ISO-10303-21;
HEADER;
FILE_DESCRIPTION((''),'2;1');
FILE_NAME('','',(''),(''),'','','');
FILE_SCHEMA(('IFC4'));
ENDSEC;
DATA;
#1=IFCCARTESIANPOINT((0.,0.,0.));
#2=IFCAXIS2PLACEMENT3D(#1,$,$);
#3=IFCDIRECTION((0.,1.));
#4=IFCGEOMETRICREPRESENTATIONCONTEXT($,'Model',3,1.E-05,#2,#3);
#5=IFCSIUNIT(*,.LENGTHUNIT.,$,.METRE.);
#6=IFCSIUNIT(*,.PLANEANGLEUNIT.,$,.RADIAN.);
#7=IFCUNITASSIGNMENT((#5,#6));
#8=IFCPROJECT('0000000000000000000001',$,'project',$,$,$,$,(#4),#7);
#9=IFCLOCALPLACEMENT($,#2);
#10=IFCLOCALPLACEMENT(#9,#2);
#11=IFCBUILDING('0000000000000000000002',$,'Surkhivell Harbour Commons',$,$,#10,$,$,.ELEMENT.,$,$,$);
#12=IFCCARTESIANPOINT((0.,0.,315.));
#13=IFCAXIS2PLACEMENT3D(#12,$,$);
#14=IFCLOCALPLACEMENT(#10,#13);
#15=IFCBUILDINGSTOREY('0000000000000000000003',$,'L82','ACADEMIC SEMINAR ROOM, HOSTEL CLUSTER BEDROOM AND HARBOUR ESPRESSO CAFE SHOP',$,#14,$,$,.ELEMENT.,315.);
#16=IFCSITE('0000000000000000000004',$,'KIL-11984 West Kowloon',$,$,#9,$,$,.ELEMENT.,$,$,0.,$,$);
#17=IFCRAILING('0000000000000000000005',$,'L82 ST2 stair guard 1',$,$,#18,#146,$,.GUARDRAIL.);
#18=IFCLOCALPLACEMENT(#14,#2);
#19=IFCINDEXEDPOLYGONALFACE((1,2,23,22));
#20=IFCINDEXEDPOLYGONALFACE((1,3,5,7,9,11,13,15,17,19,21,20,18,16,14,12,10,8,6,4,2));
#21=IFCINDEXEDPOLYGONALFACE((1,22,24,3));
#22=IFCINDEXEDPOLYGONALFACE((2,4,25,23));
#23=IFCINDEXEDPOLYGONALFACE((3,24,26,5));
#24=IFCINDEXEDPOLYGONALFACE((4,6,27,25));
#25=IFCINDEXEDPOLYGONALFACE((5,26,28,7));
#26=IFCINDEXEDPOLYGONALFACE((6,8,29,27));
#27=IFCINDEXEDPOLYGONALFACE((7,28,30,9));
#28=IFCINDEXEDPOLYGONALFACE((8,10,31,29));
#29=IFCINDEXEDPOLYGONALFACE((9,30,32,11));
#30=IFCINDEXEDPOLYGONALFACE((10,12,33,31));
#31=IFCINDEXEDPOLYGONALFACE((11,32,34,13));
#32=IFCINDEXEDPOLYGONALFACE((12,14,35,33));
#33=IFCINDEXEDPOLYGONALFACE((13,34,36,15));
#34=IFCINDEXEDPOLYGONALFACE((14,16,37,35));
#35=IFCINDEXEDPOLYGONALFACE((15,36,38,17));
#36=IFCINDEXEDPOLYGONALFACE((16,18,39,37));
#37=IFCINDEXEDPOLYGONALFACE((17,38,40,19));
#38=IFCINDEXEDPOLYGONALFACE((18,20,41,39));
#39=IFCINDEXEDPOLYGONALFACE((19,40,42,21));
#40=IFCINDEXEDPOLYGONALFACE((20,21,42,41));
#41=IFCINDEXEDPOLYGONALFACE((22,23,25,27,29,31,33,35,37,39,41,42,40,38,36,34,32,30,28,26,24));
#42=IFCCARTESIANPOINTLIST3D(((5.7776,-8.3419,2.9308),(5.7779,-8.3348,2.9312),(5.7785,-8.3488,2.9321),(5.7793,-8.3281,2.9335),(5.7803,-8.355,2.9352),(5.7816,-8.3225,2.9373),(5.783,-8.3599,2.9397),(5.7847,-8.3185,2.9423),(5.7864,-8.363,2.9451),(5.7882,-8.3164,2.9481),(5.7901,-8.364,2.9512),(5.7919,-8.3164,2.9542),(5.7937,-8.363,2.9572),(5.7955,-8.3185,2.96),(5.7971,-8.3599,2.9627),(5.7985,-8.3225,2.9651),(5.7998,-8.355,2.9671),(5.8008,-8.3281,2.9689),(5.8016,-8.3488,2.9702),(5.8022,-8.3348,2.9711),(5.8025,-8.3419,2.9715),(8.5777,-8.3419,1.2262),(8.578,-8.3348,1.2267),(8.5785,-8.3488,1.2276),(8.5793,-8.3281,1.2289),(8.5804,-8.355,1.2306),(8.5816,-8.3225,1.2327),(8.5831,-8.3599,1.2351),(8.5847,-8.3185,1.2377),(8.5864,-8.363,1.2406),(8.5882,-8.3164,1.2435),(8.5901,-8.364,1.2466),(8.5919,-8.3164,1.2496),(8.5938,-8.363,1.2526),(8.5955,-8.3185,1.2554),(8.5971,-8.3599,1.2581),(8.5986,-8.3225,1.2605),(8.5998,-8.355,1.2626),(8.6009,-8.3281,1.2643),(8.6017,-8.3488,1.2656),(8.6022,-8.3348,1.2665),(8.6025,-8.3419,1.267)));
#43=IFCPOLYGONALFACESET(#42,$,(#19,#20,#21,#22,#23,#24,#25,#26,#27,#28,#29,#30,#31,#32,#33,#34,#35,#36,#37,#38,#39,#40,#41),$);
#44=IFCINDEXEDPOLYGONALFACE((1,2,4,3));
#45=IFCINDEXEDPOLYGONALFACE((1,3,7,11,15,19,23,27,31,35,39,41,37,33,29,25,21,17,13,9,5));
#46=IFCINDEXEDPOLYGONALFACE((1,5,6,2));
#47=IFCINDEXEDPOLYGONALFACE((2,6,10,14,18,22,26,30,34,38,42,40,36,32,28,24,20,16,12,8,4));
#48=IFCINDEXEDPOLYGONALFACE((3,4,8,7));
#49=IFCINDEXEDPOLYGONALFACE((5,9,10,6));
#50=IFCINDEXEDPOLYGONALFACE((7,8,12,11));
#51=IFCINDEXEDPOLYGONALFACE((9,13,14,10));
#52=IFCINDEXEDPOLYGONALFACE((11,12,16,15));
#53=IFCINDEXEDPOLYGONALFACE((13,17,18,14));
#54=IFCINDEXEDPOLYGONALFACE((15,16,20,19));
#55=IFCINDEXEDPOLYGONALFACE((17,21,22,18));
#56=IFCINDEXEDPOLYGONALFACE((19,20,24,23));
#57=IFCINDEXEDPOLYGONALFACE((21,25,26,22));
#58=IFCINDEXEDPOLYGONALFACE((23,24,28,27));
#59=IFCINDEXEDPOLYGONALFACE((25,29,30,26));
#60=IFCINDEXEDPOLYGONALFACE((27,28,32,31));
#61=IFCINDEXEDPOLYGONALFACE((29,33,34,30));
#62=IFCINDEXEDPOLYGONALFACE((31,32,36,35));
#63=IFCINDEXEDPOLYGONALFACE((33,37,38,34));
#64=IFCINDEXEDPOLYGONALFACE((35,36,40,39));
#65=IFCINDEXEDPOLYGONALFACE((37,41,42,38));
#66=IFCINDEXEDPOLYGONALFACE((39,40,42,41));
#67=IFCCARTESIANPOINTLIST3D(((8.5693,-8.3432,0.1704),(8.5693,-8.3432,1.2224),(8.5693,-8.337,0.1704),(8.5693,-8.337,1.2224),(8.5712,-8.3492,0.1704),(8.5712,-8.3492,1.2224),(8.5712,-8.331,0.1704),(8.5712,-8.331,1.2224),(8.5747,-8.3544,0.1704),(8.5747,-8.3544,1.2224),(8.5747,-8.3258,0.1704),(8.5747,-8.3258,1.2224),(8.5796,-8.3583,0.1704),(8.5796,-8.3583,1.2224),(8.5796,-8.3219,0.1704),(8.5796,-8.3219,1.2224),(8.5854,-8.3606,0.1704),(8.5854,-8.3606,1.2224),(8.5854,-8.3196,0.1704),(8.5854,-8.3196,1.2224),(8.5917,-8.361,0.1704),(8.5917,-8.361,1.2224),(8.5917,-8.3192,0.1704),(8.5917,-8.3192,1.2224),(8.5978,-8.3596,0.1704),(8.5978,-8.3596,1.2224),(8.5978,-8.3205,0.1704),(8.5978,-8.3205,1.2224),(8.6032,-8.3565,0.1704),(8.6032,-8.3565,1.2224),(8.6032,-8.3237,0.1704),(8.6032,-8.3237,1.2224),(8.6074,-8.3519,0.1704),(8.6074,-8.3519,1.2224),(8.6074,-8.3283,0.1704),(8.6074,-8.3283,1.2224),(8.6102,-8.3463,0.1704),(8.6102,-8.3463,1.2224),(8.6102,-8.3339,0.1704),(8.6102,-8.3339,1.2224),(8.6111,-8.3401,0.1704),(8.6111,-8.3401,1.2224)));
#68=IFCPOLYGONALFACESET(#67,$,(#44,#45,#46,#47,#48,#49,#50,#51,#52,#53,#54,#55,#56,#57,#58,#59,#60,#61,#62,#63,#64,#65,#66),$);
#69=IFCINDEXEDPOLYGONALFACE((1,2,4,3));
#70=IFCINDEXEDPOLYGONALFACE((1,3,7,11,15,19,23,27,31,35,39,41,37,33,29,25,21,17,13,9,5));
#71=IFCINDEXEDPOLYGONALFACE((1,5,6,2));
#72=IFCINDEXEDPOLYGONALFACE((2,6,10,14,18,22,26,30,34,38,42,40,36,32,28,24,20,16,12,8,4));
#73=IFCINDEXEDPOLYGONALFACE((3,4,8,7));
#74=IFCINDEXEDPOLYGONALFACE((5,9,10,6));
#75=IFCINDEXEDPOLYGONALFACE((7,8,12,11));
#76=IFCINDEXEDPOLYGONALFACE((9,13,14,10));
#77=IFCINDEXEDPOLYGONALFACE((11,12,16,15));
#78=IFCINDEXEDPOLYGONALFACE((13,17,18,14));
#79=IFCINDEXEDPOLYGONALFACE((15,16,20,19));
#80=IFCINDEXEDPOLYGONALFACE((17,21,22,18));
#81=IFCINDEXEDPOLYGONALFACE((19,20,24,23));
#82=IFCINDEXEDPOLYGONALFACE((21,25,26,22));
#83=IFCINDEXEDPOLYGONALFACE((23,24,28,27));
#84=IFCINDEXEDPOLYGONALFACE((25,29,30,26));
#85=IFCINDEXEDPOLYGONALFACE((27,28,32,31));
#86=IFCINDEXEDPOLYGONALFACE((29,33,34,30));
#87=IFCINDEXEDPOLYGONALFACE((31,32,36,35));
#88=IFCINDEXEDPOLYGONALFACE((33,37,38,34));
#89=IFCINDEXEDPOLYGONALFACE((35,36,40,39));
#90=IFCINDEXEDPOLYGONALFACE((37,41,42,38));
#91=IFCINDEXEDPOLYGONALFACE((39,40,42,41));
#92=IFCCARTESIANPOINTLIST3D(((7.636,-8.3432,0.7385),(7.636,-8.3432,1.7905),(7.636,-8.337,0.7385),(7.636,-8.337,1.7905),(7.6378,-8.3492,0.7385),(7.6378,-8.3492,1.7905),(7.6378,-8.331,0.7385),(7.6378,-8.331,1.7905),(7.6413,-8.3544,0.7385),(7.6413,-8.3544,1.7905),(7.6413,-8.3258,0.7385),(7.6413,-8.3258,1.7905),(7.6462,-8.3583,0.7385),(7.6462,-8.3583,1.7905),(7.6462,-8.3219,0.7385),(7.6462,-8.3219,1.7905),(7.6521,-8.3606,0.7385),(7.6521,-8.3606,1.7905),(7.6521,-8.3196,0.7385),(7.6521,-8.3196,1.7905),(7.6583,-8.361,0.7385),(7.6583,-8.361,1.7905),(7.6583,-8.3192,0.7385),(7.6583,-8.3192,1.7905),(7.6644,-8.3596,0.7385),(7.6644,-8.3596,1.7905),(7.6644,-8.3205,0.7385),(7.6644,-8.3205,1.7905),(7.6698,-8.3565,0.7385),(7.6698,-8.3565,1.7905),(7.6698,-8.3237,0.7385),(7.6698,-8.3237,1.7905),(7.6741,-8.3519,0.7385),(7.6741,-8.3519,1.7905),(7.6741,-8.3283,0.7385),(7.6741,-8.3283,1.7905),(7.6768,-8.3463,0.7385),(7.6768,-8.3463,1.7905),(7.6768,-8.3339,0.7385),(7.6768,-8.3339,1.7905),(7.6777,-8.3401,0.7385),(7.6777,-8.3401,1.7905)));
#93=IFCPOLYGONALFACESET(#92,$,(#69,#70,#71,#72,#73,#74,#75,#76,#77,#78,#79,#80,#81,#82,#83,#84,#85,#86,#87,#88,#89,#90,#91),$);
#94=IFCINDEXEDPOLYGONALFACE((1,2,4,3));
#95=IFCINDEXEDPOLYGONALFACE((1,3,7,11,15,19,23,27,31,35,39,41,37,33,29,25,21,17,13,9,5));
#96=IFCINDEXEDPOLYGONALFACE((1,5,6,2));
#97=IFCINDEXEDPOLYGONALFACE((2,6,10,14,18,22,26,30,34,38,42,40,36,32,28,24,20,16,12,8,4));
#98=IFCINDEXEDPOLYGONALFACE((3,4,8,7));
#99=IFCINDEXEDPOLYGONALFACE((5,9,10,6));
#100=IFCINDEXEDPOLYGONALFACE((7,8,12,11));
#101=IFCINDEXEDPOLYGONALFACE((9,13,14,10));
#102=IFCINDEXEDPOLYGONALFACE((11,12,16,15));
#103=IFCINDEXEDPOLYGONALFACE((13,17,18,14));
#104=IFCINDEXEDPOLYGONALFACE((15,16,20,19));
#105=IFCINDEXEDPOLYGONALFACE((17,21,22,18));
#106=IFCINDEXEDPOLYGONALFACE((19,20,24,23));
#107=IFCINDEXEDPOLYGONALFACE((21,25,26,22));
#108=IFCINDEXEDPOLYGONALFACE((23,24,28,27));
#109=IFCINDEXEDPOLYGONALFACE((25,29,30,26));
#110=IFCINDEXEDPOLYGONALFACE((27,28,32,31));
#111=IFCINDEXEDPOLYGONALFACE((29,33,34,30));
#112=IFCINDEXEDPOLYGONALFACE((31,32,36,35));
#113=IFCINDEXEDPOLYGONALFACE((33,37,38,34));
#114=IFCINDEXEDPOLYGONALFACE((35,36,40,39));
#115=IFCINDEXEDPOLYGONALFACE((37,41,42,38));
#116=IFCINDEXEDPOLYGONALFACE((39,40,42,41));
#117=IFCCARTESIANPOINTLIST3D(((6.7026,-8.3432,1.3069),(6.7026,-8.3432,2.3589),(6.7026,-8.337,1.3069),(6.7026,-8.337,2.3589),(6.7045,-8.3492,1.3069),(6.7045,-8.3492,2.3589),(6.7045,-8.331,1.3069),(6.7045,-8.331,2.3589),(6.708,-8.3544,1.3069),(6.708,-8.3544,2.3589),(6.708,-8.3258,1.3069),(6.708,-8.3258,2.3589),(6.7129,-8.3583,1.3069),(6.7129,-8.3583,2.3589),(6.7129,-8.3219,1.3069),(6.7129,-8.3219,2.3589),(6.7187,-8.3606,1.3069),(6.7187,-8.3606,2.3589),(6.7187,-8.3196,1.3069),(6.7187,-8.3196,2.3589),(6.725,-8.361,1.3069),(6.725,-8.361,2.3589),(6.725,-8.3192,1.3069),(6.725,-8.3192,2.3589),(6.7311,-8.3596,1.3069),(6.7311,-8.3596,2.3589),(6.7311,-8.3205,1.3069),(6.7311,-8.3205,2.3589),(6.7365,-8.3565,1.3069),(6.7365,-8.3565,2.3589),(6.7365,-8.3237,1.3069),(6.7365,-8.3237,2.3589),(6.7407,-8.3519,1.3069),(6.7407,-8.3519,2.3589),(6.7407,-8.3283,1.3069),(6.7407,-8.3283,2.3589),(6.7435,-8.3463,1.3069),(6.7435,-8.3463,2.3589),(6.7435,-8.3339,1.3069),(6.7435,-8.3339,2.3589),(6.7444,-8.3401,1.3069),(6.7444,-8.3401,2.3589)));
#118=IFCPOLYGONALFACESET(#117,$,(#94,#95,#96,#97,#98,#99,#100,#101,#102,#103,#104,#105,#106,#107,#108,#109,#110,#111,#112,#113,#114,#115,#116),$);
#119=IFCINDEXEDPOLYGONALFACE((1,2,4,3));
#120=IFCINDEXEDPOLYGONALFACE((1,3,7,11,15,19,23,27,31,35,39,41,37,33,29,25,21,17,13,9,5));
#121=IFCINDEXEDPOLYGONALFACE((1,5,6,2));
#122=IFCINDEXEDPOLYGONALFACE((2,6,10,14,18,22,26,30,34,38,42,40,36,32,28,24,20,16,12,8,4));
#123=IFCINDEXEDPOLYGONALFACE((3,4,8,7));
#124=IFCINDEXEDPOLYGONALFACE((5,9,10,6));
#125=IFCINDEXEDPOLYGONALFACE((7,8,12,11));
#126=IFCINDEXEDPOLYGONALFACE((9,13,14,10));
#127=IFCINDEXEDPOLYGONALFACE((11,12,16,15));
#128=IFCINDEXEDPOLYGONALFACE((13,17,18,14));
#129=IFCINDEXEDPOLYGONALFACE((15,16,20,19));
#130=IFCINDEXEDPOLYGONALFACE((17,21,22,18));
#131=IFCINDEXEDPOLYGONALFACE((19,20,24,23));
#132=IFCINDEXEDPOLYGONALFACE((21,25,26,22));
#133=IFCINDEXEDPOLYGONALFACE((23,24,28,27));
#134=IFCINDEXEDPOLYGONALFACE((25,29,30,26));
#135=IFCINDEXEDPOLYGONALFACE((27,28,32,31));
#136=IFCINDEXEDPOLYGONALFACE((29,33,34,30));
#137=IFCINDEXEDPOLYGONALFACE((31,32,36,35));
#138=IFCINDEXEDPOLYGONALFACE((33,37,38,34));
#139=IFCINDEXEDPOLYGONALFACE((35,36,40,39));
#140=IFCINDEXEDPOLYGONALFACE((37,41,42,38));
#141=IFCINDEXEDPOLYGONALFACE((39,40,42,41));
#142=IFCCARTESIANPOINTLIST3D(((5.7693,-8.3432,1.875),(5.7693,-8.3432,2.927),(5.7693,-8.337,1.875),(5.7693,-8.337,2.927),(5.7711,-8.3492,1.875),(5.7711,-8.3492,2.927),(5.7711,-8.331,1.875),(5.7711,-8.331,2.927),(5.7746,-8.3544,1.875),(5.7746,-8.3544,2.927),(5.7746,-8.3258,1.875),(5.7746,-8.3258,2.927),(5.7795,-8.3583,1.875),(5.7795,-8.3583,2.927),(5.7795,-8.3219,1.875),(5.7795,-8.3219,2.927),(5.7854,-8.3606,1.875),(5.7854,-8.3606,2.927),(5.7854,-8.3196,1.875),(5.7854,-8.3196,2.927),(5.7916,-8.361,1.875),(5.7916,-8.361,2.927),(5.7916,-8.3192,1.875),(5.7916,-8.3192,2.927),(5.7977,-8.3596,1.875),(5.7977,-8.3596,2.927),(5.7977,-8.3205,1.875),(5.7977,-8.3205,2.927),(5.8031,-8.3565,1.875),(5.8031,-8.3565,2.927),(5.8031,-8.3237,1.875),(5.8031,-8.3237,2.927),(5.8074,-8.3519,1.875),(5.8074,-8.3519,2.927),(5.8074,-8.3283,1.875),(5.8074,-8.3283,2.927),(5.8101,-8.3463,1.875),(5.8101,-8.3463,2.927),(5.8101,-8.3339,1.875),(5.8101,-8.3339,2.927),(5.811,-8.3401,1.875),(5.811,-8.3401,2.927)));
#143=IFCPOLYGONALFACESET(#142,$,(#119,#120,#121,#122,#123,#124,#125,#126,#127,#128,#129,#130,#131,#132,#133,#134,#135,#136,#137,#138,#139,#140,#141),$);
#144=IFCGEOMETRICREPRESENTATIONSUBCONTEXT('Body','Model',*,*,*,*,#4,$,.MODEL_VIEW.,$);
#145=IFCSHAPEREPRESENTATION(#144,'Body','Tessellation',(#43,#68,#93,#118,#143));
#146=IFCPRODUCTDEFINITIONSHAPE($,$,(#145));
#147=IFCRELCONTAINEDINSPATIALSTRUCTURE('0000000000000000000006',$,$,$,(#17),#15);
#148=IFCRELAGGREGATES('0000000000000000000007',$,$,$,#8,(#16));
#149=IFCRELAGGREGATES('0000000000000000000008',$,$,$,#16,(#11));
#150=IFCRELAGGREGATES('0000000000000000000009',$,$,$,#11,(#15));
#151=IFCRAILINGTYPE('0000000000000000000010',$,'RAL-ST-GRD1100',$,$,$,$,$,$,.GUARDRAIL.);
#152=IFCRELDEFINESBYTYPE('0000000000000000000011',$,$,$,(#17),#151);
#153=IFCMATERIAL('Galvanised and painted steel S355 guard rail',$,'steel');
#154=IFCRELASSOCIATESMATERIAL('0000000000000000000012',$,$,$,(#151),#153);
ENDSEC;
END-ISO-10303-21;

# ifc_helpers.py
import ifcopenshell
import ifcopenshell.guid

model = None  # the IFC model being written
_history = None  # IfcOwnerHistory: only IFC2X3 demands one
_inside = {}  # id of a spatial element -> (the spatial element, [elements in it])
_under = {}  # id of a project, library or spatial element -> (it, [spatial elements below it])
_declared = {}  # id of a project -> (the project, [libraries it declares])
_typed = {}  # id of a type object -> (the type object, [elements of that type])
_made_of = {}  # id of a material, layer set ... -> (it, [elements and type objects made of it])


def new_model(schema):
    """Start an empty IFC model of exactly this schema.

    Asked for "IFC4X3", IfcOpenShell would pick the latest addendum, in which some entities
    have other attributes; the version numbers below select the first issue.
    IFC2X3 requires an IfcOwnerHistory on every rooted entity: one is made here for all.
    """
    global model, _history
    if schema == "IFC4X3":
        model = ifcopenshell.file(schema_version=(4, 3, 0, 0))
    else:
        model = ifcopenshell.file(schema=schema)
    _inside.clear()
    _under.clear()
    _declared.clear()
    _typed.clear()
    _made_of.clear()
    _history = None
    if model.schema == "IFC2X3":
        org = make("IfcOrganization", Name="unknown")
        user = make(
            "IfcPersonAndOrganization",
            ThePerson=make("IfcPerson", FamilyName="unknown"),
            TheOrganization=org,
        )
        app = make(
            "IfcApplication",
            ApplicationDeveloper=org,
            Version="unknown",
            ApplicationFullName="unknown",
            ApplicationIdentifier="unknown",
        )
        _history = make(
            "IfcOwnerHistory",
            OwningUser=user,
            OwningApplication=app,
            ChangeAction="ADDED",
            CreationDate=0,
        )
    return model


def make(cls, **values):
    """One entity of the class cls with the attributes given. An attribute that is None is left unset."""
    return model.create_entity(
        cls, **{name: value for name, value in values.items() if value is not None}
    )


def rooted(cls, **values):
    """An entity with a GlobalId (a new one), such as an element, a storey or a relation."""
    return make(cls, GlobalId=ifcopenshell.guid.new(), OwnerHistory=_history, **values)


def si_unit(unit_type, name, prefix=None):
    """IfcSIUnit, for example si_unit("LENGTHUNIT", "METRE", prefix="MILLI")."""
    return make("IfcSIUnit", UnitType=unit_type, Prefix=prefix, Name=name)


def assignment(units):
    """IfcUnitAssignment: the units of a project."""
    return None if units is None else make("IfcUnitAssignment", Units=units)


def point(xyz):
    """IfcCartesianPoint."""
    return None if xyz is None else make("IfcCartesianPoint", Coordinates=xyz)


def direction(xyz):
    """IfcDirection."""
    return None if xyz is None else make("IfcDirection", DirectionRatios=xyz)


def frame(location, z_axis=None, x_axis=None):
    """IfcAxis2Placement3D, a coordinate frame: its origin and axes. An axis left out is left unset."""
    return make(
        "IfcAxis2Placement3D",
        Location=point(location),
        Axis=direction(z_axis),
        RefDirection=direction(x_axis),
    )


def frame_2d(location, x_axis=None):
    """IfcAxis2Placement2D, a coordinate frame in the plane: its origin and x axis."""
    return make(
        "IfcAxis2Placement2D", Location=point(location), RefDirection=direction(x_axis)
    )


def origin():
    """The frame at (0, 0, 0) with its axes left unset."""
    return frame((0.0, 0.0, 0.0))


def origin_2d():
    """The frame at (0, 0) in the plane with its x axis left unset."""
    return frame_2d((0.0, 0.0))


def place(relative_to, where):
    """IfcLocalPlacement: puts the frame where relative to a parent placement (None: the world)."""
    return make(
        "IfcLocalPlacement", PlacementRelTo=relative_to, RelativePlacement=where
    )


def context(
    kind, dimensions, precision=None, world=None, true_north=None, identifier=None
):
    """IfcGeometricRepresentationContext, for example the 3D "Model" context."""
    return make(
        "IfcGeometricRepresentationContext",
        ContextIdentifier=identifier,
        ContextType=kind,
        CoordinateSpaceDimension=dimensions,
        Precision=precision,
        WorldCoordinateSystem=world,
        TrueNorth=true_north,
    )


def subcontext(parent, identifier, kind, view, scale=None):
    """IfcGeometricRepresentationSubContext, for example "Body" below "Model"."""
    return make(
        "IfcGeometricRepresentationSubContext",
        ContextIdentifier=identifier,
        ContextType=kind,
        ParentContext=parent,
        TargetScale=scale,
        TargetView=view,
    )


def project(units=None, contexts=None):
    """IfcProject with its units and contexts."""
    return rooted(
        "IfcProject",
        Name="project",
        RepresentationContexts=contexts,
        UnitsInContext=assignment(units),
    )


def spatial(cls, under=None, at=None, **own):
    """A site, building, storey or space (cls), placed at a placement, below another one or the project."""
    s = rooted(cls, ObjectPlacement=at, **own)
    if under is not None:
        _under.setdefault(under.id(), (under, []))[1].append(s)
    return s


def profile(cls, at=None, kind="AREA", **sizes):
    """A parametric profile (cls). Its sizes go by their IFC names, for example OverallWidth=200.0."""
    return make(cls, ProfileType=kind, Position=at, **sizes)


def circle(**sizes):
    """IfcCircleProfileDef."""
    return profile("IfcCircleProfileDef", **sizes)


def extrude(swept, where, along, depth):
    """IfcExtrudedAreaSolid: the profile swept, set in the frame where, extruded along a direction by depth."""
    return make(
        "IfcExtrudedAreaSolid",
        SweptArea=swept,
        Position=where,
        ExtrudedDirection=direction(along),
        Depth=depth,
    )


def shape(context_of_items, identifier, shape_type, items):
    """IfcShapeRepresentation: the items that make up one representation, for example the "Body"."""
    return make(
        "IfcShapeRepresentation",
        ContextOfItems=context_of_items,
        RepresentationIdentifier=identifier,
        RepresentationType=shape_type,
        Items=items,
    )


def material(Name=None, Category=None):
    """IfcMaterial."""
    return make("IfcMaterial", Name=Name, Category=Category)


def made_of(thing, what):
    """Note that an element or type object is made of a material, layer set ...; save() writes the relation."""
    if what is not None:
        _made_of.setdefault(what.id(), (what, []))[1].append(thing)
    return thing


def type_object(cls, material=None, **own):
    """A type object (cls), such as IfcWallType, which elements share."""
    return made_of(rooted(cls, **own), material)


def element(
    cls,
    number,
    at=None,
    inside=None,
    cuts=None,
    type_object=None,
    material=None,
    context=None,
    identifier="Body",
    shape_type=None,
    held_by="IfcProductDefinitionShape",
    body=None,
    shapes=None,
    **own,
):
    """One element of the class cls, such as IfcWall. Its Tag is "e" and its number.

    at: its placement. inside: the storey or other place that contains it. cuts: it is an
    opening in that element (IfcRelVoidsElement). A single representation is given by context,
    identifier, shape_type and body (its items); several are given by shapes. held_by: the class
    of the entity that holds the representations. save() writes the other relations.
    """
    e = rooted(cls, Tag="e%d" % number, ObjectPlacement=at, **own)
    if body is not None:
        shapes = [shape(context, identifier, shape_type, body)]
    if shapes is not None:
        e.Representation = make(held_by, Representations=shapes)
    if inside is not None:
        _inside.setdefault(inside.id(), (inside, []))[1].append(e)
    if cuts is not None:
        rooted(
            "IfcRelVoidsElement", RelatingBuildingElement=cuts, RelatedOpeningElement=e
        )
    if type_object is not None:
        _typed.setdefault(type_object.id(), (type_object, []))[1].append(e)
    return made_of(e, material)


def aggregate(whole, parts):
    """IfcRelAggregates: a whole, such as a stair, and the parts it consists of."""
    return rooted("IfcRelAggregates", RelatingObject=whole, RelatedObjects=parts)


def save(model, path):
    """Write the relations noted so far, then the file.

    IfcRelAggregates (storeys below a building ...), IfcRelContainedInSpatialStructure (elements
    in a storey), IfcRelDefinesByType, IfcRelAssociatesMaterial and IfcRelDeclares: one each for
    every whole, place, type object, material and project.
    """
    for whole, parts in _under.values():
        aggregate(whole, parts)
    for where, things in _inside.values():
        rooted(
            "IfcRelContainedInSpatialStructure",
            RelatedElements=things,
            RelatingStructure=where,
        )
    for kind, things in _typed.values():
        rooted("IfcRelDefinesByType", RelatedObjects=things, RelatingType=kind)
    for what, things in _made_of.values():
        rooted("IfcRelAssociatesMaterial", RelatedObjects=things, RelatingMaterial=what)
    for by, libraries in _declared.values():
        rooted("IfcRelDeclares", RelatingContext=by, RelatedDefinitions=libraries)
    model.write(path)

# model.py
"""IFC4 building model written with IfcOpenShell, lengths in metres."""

from ifc_helpers import new_model, si_unit, direction, frame, origin, origin_2d, place, context, subcontext, project, spatial, circle, extrude, material, type_object, element, save


model = new_model("IFC4")

# Units and contexts
model_context = context("Model", 3, precision=1e-05, world=origin(), true_north=direction((0.0, 1.0)))
body_context = subcontext(model_context, "Body", "Model", "MODEL_VIEW")
ifc_project = project(units=[si_unit("LENGTHUNIT", "METRE"), si_unit("PLANEANGLEUNIT", "RADIAN")], contexts=[model_context])

# Site, building, storey
site_placement = place(None, origin())
site = spatial("IfcSite", under=ifc_project, at=site_placement, Name="KIL-11984 West Kowloon", CompositionType="ELEMENT", RefElevation=0.0)
building_placement = place(site_placement, origin())
building = spatial("IfcBuilding", under=site, at=building_placement, Name="Surkhivell Harbour Commons", CompositionType="ELEMENT")
storey_placement = place(building_placement, frame((0.0, 0.0, 315.0)))
storey = spatial("IfcBuildingStorey", under=building, at=storey_placement, Name="L82", Description="ACADEMIC SEMINAR ROOM, HOSTEL CLUSTER BEDROOM AND HARBOUR ESPRESSO CAFE SHOP", CompositionType="ELEMENT", Elevation=315.0)

# Railing
ifc_material_1 = material(Name="Galvanised and painted steel S355 guard rail", Category="steel")
railing_type_1 = type_object("IfcRailingType", Name="RAL-ST-GRD1100", PredefinedType="GUARDRAIL", material=ifc_material_1)
railing_1_placement = place(storey_placement, frame((8.5901, -8.3401, 0.1704)))
element("IfcRailing", 1, at=railing_1_placement, inside=storey, type_object=railing_type_1, Name="L82 ST2 stair guard 1", PredefinedType="GUARDRAIL", context=body_context, shape_type="SweptSolid", body=[
    extrude(circle(Radius=0.0239, at=origin_2d()), frame((0.0, 0.0, 1.0762), z_axis=(-0.85417, 0.0, 0.519994), x_axis=(0.0, -1.0, 0.0)), (0.0, 0.0, 1.0), 3.2781),
    extrude(circle(Radius=0.021, at=origin_2d()), origin(), (0.0, 0.0, 1.0), 1.052),
    extrude(circle(Radius=0.021, at=origin_2d()), frame((-0.9333, 0.0, 0.5681)), (0.0, 0.0, 1.0), 1.052),
    extrude(circle(Radius=0.021, at=origin_2d()), frame((-1.8667, 0.0, 1.1365)), (0.0, 0.0, 1.0), 1.052),
    extrude(circle(Radius=0.021, at=origin_2d()), frame((-2.8, 0.0, 1.7046)), (0.0, 0.0, 1.0), 1.052),
])

save(model, "model.ifc")
